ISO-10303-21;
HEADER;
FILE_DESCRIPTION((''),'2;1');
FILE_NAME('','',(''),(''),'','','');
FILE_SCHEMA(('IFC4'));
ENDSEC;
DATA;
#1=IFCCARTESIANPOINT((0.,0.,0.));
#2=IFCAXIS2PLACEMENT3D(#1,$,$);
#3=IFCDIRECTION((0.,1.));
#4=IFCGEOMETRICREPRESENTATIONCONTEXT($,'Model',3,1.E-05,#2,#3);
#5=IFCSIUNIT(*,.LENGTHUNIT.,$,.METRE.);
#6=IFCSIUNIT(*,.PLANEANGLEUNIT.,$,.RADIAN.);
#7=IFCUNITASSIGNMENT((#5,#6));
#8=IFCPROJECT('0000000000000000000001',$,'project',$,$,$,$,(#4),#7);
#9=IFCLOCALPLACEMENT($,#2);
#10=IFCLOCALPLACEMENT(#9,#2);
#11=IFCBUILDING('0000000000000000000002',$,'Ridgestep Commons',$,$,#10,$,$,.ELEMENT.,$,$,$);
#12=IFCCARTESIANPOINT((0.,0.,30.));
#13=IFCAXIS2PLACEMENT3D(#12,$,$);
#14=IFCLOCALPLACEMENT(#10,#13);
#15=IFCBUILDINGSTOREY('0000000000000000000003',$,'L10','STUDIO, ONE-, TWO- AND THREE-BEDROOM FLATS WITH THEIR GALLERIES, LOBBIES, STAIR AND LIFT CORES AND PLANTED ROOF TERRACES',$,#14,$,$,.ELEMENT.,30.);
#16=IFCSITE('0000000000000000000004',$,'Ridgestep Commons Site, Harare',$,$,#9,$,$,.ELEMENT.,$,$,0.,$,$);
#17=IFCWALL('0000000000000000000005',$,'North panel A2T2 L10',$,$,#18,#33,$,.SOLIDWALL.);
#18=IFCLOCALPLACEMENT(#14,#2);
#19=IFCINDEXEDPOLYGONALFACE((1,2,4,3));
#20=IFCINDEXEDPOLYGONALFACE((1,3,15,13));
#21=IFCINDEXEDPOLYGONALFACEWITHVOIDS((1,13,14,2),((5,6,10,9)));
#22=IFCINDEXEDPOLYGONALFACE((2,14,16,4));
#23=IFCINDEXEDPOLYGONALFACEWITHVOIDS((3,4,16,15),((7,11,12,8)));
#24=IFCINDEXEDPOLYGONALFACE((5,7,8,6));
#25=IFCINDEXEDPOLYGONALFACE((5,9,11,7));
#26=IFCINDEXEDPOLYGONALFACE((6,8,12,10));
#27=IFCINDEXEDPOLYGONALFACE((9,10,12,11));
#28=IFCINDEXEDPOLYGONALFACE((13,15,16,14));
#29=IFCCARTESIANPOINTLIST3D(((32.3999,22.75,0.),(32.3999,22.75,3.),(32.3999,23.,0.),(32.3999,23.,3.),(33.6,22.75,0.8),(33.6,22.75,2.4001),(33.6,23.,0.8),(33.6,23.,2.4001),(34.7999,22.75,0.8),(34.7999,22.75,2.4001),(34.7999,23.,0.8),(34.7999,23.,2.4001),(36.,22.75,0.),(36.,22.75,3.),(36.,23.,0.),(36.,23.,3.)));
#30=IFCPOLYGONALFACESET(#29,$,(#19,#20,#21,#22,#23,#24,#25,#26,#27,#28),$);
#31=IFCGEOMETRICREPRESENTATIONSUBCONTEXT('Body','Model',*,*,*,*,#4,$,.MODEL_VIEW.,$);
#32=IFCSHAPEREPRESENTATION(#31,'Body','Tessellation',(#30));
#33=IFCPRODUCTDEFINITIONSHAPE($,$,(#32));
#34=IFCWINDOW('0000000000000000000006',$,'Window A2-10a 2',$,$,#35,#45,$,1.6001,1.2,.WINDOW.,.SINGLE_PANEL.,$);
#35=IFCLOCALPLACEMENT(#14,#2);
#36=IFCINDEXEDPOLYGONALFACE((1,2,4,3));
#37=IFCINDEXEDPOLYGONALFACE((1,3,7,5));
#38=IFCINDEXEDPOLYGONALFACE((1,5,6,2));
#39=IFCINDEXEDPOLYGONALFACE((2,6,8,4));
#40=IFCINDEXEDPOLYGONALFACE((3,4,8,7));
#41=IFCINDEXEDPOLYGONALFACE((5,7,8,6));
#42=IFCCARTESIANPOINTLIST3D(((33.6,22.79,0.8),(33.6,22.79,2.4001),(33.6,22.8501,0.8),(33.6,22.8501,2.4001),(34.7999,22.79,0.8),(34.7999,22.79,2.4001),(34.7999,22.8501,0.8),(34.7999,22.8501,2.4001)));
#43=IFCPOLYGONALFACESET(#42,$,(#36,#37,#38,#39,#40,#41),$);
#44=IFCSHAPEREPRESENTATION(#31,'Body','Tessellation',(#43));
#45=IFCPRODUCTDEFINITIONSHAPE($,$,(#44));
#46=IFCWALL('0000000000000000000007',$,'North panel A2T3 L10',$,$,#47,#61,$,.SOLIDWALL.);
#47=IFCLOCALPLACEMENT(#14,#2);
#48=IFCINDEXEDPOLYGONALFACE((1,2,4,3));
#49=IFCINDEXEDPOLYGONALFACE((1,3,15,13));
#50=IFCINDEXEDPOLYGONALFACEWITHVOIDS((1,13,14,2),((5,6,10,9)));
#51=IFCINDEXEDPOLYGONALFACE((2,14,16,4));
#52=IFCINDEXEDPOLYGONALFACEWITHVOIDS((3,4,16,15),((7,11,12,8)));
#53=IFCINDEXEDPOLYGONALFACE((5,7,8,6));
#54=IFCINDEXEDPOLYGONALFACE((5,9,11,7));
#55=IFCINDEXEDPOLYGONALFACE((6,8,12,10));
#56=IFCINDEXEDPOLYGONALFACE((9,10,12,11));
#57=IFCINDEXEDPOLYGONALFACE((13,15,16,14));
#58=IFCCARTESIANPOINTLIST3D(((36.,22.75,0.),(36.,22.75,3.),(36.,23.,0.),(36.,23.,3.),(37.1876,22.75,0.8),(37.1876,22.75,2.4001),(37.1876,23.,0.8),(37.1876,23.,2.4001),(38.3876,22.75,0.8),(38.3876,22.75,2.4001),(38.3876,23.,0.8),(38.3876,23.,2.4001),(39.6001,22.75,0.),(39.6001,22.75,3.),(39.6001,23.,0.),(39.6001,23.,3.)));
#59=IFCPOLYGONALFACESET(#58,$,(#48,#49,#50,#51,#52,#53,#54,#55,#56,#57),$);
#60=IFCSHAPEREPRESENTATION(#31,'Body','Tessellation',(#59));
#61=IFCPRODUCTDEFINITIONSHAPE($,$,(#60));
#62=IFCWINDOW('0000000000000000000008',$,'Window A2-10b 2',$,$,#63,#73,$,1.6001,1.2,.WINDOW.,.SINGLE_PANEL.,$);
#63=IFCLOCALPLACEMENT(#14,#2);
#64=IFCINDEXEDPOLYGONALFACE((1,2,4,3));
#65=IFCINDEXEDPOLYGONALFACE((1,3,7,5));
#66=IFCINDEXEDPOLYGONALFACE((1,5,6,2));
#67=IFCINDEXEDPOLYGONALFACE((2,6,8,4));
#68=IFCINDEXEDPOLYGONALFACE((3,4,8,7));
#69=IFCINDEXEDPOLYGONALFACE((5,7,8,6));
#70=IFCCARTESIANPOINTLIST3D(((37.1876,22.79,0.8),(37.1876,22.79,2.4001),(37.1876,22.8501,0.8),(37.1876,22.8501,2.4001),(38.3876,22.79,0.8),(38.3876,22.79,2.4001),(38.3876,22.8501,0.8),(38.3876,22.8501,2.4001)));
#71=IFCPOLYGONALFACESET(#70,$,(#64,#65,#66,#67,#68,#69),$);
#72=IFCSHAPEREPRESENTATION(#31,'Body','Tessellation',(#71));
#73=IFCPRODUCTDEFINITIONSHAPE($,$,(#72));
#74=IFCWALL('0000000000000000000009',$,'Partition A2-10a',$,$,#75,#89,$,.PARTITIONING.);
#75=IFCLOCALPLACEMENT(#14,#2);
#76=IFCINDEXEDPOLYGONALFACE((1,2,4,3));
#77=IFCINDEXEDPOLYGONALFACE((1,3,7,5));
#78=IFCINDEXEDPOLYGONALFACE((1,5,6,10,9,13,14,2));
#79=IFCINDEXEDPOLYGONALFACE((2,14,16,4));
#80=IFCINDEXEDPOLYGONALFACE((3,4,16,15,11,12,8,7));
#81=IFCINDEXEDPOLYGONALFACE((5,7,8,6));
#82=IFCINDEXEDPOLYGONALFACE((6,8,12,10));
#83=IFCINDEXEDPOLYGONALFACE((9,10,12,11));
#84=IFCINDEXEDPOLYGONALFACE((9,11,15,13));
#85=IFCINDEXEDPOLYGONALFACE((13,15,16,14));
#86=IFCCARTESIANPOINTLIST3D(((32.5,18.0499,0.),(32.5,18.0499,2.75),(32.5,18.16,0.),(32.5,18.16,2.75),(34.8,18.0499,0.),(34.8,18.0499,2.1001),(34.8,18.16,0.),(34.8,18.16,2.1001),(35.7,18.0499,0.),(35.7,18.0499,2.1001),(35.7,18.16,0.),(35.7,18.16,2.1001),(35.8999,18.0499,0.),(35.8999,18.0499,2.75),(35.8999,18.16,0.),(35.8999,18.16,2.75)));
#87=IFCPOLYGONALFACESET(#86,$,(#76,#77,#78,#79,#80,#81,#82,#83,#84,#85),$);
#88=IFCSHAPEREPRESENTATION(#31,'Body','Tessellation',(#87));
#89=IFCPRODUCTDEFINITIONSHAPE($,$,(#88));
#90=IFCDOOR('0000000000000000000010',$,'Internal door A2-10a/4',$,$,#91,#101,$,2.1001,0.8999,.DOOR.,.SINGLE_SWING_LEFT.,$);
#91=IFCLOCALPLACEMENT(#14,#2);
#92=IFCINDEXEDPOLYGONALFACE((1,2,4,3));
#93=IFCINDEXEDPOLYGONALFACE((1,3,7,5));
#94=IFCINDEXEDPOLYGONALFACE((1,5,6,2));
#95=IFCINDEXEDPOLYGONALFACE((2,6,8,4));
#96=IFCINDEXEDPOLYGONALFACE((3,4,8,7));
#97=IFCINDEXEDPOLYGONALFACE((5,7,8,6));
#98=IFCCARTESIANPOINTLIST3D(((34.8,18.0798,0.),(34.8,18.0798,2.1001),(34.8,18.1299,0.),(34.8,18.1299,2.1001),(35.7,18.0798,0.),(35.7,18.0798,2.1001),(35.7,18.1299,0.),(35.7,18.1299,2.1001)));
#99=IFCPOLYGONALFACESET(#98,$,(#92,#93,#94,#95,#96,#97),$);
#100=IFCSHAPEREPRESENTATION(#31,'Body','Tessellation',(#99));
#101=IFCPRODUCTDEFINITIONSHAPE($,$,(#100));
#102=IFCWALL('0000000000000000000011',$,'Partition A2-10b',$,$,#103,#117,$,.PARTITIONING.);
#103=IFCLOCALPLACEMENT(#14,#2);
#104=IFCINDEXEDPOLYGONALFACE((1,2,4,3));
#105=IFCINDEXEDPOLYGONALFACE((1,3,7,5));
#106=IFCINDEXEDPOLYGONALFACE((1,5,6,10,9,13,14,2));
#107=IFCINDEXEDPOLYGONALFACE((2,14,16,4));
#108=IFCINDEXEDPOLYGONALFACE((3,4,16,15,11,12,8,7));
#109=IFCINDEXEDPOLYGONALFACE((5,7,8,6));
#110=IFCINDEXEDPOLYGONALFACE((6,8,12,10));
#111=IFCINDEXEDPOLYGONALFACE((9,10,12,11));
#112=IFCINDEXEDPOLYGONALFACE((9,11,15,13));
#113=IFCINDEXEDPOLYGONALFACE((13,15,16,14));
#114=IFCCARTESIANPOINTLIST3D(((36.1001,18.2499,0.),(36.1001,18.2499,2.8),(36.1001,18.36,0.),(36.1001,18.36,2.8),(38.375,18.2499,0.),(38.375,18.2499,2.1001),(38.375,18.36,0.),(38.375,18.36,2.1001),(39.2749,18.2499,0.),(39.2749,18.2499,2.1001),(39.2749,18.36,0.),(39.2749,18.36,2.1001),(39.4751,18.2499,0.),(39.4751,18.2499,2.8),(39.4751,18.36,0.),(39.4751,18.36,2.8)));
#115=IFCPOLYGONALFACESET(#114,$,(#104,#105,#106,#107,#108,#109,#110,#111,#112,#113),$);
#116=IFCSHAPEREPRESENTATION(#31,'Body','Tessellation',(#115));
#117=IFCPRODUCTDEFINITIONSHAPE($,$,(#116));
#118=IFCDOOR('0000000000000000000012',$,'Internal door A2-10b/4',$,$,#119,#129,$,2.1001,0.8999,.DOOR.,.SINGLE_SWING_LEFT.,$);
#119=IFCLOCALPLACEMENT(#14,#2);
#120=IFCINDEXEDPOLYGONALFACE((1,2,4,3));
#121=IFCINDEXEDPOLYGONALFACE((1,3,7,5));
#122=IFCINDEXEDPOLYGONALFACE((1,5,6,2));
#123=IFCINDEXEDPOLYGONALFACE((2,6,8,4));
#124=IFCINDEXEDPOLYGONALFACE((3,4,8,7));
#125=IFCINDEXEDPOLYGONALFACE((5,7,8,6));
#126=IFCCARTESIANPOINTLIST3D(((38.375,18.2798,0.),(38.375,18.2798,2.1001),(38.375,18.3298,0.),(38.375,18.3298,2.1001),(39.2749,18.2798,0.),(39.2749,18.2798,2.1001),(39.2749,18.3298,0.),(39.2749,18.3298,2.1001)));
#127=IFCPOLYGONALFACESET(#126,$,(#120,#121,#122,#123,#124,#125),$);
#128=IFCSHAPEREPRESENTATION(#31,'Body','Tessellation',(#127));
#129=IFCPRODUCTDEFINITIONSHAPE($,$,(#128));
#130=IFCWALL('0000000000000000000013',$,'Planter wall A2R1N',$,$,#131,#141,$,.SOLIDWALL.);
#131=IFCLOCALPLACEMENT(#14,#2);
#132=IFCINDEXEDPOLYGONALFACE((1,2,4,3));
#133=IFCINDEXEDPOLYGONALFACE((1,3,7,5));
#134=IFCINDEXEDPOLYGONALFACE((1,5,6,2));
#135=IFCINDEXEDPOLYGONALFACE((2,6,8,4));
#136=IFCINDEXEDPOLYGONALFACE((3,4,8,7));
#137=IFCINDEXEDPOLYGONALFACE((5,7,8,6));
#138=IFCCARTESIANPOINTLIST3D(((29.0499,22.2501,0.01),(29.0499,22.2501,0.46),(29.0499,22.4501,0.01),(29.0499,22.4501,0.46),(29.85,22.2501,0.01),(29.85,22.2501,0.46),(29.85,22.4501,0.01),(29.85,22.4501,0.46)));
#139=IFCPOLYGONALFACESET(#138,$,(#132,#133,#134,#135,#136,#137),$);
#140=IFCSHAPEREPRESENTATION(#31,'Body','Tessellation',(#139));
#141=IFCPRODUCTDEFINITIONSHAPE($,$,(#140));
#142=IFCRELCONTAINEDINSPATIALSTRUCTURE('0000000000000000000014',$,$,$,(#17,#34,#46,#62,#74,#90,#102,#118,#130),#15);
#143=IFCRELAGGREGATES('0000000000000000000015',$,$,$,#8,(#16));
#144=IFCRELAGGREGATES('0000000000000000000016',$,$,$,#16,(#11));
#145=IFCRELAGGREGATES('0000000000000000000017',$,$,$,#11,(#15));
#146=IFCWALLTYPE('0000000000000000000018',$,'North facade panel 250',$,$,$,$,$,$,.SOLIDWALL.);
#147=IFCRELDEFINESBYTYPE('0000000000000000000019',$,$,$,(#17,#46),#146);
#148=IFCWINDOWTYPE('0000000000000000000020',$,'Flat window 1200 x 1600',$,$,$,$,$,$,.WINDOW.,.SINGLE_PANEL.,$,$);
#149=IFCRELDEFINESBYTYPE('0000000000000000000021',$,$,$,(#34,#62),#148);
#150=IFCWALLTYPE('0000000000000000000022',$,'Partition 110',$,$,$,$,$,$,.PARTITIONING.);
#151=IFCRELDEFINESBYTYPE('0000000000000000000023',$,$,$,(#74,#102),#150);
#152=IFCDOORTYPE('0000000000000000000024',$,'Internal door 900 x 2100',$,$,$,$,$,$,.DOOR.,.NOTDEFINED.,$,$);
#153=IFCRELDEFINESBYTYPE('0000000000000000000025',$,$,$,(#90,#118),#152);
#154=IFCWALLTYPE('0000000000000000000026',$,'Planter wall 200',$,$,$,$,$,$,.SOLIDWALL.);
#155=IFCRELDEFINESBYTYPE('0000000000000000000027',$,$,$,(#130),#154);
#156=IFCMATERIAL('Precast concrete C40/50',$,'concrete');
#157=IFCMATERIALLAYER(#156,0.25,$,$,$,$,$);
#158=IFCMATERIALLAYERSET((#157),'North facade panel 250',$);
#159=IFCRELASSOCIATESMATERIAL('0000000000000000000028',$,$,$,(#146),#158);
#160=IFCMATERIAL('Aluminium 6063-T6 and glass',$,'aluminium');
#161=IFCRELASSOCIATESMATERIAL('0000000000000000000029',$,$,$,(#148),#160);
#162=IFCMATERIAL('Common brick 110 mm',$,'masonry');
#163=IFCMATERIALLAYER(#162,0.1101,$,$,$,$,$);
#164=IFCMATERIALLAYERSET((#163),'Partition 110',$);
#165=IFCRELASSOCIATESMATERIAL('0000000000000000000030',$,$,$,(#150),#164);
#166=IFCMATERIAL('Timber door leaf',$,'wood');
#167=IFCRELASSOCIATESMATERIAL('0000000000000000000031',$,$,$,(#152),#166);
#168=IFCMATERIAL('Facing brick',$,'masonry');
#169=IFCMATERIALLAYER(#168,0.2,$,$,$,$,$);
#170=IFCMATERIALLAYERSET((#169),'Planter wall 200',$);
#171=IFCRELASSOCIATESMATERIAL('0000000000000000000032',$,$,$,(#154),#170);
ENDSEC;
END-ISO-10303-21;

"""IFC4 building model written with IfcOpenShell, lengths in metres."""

from ifc_helpers import new_model, si_unit, direction, frame, frame_2d, origin, place, context, subcontext, project, spatial, rectangle, extrude, material, layer, layer_set, type_object, element, fill, save


model = new_model("IFC4")

# Units and contexts
model_context = context("Model", 3, precision=1e-05, world=origin(), true_north=direction((0.0, 1.0)))
body_context = subcontext(model_context, "Body", "Model", "MODEL_VIEW")
ifc_project = project(units=[si_unit("LENGTHUNIT", "METRE"), si_unit("PLANEANGLEUNIT", "RADIAN")], contexts=[model_context])

# Site, building, storey
site_placement = place(None, origin())
site = spatial("IfcSite", under=ifc_project, at=site_placement, Name="Ridgestep Commons Site, Harare", CompositionType="ELEMENT", RefElevation=0.0)
building_placement = place(site_placement, origin())
building = spatial("IfcBuilding", under=site, at=building_placement, Name="Ridgestep Commons", CompositionType="ELEMENT")
storey_placement = place(building_placement, frame((0.0, 0.0, 30.0)))
storey = spatial("IfcBuildingStorey", under=building, at=storey_placement, Name="L10", Description="STUDIO, ONE-, TWO- AND THREE-BEDROOM FLATS WITH THEIR GALLERIES, LOBBIES, STAIR AND LIFT CORES AND PLANTED ROOF TERRACES", CompositionType="ELEMENT", Elevation=30.0)

# Shared definitions
ifc_material_1 = material(Name="Precast concrete C40/50", Category="concrete")
ifc_layer_1 = layer(ifc_material_1, 0.25)
ifc_layer_set_1 = layer_set([ifc_layer_1], Name="North facade panel 250")
wall_type_1 = type_object("IfcWallType", Name="North facade panel 250", PredefinedType="SOLIDWALL", material=ifc_layer_set_1)

# Walls, openings, windows
wall_1_placement = place(storey_placement, frame((32.3999, 22.875, 0.0), z_axis=(0.0, 0.0, 1.0), x_axis=(1.0, 0.0, 0.0)))
wall_1 = element("IfcWall", 1, at=wall_1_placement, inside=storey, type_object=wall_type_1, Name="North panel A2T2 L10", PredefinedType="SOLIDWALL", context=body_context, shape_type="SweptSolid", body=[
    extrude(rectangle(XDim=3.6001, YDim=0.25, at=frame_2d((1.8, 0.0))), origin(), (0.0, 0.0, 1.0), 3.0),
])
opening_1_placement = place(wall_1_placement, frame((1.2, 0.0, 0.8)))
opening_1 = element("IfcOpeningElement", 2, at=opening_1_placement, cuts=wall_1, PredefinedType="OPENING", context=body_context, shape_type="SweptSolid", body=[
    extrude(rectangle(XDim=1.2, YDim=1.6001, at=frame_2d((0.6001, 0.8))), frame((0.0, 0.135, 0.0), z_axis=(0.0, -1.0, 0.0), x_axis=(1.0, 0.0, 0.0)), (0.0, 0.0, 1.0), 0.27),
])
ifc_material_2 = material(Name="Aluminium 6063-T6 and glass", Category="aluminium")
window_type = type_object("IfcWindowType", Name="Flat window 1200 x 1600", PartitioningType="SINGLE_PANEL", PredefinedType="WINDOW", material=ifc_material_2)
window_1_placement = place(opening_1_placement, origin())
window_1 = element("IfcWindow", 3, at=window_1_placement, inside=storey, type_object=window_type, Name="Window A2-10a 2", OverallHeight=1.6001, OverallWidth=1.2, PartitioningType="SINGLE_PANEL", PredefinedType="WINDOW", context=body_context, shape_type="SweptSolid", body=[
    extrude(rectangle(XDim=1.2, YDim=1.6001, at=frame_2d((0.6001, 0.8))), frame((0.0, -0.0249, 0.0), z_axis=(0.0, -1.0, 0.0), x_axis=(1.0, 0.0, 0.0)), (0.0, 0.0, 1.0), 0.0601),
])
fill(opening_1, window_1)
wall_2_placement = place(storey_placement, frame((36.0, 22.875, 0.0), z_axis=(0.0, 0.0, 1.0), x_axis=(1.0, 0.0, 0.0)))
wall_2 = element("IfcWall", 4, at=wall_2_placement, inside=storey, type_object=wall_type_1, Name="North panel A2T3 L10", PredefinedType="SOLIDWALL", context=body_context, shape_type="SweptSolid", body=[
    extrude(rectangle(XDim=3.6001, YDim=0.25, at=frame_2d((1.8, 0.0))), origin(), (0.0, 0.0, 1.0), 3.0),
])
opening_2_placement = place(wall_2_placement, frame((1.1875, 0.0, 0.8)))
opening_2 = element("IfcOpeningElement", 5, at=opening_2_placement, cuts=wall_2, PredefinedType="OPENING", context=body_context, shape_type="SweptSolid", body=[
    extrude(rectangle(XDim=1.2, YDim=1.6001, at=frame_2d((0.6001, 0.8))), frame((0.0, 0.135, 0.0), z_axis=(0.0, -1.0, 0.0), x_axis=(1.0, 0.0, 0.0)), (0.0, 0.0, 1.0), 0.27),
])
window_2_placement = place(opening_2_placement, origin())
window_2 = element("IfcWindow", 6, at=window_2_placement, inside=storey, type_object=window_type, Name="Window A2-10b 2", OverallHeight=1.6001, OverallWidth=1.2, PartitioningType="SINGLE_PANEL", PredefinedType="WINDOW", context=body_context, shape_type="SweptSolid", body=[
    extrude(rectangle(XDim=1.2, YDim=1.6001, at=frame_2d((0.6001, 0.8))), frame((0.0, -0.0249, 0.0), z_axis=(0.0, -1.0, 0.0), x_axis=(1.0, 0.0, 0.0)), (0.0, 0.0, 1.0), 0.0601),
])
fill(opening_2, window_2)

# Walls, openings, doors
ifc_material_3 = material(Name="Common brick 110 mm", Category="masonry")
ifc_layer_2 = layer(ifc_material_3, 0.1101)
ifc_layer_set_2 = layer_set([ifc_layer_2], Name="Partition 110")
wall_type_2 = type_object("IfcWallType", Name="Partition 110", PredefinedType="PARTITIONING", material=ifc_layer_set_2)
wall_3_placement = place(storey_placement, frame((32.5, 18.105, 0.0), z_axis=(0.0, 0.0, 1.0), x_axis=(1.0, 0.0, 0.0)))
wall_3 = element("IfcWall", 7, at=wall_3_placement, inside=storey, type_object=wall_type_2, Name="Partition A2-10a", PredefinedType="PARTITIONING", context=body_context, shape_type="SweptSolid", body=[
    extrude(rectangle(XDim=3.3999, YDim=0.1101, at=frame_2d((1.7, 0.0))), origin(), (0.0, 0.0, 1.0), 2.75),
])
opening_3_placement = place(wall_3_placement, frame((2.3, 0.0, 0.0)))
opening_3 = element("IfcOpeningElement", 8, at=opening_3_placement, cuts=wall_3, PredefinedType="OPENING", context=body_context, shape_type="SweptSolid", body=[
    extrude(rectangle(XDim=0.8999, YDim=2.1001, at=frame_2d((0.45, 1.05))), frame((0.0, 0.0649, 0.0), z_axis=(0.0, -1.0, 0.0), x_axis=(1.0, 0.0, 0.0)), (0.0, 0.0, 1.0), 0.1301),
])
ifc_material_4 = material(Name="Timber door leaf", Category="wood")
door_type = type_object("IfcDoorType", Name="Internal door 900 x 2100", OperationType="NOTDEFINED", PredefinedType="DOOR", material=ifc_material_4)
door_1_placement = place(opening_3_placement, origin())
door_1 = element("IfcDoor", 9, at=door_1_placement, inside=storey, type_object=door_type, Name="Internal door A2-10a/4", OperationType="SINGLE_SWING_LEFT", OverallHeight=2.1001, OverallWidth=0.8999, PredefinedType="DOOR", context=body_context, shape_type="SweptSolid", body=[
    extrude(rectangle(XDim=0.8999, YDim=2.1001, at=frame_2d((0.45, 1.05))), frame((0.0, 0.0249, 0.0), z_axis=(0.0, -1.0, 0.0), x_axis=(1.0, 0.0, 0.0)), (0.0, 0.0, 1.0), 0.05),
])
fill(opening_3, door_1)
wall_4_placement = place(storey_placement, frame((36.1001, 18.3049, 0.0), z_axis=(0.0, 0.0, 1.0), x_axis=(1.0, 0.0, 0.0)))
wall_4 = element("IfcWall", 10, at=wall_4_placement, inside=storey, type_object=wall_type_2, Name="Partition A2-10b", PredefinedType="PARTITIONING", context=body_context, shape_type="SweptSolid", body=[
    extrude(rectangle(XDim=3.375, YDim=0.1101, at=frame_2d((1.6875, 0.0))), origin(), (0.0, 0.0, 1.0), 2.8),
])
opening_4_placement = place(wall_4_placement, frame((2.2749, 0.0, 0.0)))
opening_4 = element("IfcOpeningElement", 11, at=opening_4_placement, cuts=wall_4, PredefinedType="OPENING", context=body_context, shape_type="SweptSolid", body=[
    extrude(rectangle(XDim=0.8999, YDim=2.1001, at=frame_2d((0.45, 1.05))), frame((0.0, 0.0649, 0.0), z_axis=(0.0, -1.0, 0.0), x_axis=(1.0, 0.0, 0.0)), (0.0, 0.0, 1.0), 0.1301),
])
door_2_placement = place(opening_4_placement, origin())
door_2 = element("IfcDoor", 12, at=door_2_placement, inside=storey, type_object=door_type, Name="Internal door A2-10b/4", OperationType="SINGLE_SWING_LEFT", OverallHeight=2.1001, OverallWidth=0.8999, PredefinedType="DOOR", context=body_context, shape_type="SweptSolid", body=[
    extrude(rectangle(XDim=0.8999, YDim=2.1001, at=frame_2d((0.45, 1.05))), frame((0.0, 0.0249, 0.0), z_axis=(0.0, -1.0, 0.0), x_axis=(1.0, 0.0, 0.0)), (0.0, 0.0, 1.0), 0.05),
])
fill(opening_4, door_2)

# Wall
ifc_material_5 = material(Name="Facing brick", Category="masonry")
ifc_layer_3 = layer(ifc_material_5, 0.2)
ifc_layer_set_3 = layer_set([ifc_layer_3], Name="Planter wall 200")
wall_type_3 = type_object("IfcWallType", Name="Planter wall 200", PredefinedType="SOLIDWALL", material=ifc_layer_set_3)
wall_5_placement = place(storey_placement, frame((29.05, 22.3501, 0.01), z_axis=(0.0, 0.0, 1.0), x_axis=(1.0, 0.0, 0.0)))
element("IfcWall", 13, at=wall_5_placement, inside=storey, type_object=wall_type_3, Name="Planter wall A2R1N", PredefinedType="SOLIDWALL", context=body_context, shape_type="SweptSolid", body=[
    extrude(rectangle(XDim=0.8, YDim=0.2, at=frame_2d((0.3999, 0.0))), origin(), (0.0, 0.0, 1.0), 0.45),
])

save(model, "model.ifc")
